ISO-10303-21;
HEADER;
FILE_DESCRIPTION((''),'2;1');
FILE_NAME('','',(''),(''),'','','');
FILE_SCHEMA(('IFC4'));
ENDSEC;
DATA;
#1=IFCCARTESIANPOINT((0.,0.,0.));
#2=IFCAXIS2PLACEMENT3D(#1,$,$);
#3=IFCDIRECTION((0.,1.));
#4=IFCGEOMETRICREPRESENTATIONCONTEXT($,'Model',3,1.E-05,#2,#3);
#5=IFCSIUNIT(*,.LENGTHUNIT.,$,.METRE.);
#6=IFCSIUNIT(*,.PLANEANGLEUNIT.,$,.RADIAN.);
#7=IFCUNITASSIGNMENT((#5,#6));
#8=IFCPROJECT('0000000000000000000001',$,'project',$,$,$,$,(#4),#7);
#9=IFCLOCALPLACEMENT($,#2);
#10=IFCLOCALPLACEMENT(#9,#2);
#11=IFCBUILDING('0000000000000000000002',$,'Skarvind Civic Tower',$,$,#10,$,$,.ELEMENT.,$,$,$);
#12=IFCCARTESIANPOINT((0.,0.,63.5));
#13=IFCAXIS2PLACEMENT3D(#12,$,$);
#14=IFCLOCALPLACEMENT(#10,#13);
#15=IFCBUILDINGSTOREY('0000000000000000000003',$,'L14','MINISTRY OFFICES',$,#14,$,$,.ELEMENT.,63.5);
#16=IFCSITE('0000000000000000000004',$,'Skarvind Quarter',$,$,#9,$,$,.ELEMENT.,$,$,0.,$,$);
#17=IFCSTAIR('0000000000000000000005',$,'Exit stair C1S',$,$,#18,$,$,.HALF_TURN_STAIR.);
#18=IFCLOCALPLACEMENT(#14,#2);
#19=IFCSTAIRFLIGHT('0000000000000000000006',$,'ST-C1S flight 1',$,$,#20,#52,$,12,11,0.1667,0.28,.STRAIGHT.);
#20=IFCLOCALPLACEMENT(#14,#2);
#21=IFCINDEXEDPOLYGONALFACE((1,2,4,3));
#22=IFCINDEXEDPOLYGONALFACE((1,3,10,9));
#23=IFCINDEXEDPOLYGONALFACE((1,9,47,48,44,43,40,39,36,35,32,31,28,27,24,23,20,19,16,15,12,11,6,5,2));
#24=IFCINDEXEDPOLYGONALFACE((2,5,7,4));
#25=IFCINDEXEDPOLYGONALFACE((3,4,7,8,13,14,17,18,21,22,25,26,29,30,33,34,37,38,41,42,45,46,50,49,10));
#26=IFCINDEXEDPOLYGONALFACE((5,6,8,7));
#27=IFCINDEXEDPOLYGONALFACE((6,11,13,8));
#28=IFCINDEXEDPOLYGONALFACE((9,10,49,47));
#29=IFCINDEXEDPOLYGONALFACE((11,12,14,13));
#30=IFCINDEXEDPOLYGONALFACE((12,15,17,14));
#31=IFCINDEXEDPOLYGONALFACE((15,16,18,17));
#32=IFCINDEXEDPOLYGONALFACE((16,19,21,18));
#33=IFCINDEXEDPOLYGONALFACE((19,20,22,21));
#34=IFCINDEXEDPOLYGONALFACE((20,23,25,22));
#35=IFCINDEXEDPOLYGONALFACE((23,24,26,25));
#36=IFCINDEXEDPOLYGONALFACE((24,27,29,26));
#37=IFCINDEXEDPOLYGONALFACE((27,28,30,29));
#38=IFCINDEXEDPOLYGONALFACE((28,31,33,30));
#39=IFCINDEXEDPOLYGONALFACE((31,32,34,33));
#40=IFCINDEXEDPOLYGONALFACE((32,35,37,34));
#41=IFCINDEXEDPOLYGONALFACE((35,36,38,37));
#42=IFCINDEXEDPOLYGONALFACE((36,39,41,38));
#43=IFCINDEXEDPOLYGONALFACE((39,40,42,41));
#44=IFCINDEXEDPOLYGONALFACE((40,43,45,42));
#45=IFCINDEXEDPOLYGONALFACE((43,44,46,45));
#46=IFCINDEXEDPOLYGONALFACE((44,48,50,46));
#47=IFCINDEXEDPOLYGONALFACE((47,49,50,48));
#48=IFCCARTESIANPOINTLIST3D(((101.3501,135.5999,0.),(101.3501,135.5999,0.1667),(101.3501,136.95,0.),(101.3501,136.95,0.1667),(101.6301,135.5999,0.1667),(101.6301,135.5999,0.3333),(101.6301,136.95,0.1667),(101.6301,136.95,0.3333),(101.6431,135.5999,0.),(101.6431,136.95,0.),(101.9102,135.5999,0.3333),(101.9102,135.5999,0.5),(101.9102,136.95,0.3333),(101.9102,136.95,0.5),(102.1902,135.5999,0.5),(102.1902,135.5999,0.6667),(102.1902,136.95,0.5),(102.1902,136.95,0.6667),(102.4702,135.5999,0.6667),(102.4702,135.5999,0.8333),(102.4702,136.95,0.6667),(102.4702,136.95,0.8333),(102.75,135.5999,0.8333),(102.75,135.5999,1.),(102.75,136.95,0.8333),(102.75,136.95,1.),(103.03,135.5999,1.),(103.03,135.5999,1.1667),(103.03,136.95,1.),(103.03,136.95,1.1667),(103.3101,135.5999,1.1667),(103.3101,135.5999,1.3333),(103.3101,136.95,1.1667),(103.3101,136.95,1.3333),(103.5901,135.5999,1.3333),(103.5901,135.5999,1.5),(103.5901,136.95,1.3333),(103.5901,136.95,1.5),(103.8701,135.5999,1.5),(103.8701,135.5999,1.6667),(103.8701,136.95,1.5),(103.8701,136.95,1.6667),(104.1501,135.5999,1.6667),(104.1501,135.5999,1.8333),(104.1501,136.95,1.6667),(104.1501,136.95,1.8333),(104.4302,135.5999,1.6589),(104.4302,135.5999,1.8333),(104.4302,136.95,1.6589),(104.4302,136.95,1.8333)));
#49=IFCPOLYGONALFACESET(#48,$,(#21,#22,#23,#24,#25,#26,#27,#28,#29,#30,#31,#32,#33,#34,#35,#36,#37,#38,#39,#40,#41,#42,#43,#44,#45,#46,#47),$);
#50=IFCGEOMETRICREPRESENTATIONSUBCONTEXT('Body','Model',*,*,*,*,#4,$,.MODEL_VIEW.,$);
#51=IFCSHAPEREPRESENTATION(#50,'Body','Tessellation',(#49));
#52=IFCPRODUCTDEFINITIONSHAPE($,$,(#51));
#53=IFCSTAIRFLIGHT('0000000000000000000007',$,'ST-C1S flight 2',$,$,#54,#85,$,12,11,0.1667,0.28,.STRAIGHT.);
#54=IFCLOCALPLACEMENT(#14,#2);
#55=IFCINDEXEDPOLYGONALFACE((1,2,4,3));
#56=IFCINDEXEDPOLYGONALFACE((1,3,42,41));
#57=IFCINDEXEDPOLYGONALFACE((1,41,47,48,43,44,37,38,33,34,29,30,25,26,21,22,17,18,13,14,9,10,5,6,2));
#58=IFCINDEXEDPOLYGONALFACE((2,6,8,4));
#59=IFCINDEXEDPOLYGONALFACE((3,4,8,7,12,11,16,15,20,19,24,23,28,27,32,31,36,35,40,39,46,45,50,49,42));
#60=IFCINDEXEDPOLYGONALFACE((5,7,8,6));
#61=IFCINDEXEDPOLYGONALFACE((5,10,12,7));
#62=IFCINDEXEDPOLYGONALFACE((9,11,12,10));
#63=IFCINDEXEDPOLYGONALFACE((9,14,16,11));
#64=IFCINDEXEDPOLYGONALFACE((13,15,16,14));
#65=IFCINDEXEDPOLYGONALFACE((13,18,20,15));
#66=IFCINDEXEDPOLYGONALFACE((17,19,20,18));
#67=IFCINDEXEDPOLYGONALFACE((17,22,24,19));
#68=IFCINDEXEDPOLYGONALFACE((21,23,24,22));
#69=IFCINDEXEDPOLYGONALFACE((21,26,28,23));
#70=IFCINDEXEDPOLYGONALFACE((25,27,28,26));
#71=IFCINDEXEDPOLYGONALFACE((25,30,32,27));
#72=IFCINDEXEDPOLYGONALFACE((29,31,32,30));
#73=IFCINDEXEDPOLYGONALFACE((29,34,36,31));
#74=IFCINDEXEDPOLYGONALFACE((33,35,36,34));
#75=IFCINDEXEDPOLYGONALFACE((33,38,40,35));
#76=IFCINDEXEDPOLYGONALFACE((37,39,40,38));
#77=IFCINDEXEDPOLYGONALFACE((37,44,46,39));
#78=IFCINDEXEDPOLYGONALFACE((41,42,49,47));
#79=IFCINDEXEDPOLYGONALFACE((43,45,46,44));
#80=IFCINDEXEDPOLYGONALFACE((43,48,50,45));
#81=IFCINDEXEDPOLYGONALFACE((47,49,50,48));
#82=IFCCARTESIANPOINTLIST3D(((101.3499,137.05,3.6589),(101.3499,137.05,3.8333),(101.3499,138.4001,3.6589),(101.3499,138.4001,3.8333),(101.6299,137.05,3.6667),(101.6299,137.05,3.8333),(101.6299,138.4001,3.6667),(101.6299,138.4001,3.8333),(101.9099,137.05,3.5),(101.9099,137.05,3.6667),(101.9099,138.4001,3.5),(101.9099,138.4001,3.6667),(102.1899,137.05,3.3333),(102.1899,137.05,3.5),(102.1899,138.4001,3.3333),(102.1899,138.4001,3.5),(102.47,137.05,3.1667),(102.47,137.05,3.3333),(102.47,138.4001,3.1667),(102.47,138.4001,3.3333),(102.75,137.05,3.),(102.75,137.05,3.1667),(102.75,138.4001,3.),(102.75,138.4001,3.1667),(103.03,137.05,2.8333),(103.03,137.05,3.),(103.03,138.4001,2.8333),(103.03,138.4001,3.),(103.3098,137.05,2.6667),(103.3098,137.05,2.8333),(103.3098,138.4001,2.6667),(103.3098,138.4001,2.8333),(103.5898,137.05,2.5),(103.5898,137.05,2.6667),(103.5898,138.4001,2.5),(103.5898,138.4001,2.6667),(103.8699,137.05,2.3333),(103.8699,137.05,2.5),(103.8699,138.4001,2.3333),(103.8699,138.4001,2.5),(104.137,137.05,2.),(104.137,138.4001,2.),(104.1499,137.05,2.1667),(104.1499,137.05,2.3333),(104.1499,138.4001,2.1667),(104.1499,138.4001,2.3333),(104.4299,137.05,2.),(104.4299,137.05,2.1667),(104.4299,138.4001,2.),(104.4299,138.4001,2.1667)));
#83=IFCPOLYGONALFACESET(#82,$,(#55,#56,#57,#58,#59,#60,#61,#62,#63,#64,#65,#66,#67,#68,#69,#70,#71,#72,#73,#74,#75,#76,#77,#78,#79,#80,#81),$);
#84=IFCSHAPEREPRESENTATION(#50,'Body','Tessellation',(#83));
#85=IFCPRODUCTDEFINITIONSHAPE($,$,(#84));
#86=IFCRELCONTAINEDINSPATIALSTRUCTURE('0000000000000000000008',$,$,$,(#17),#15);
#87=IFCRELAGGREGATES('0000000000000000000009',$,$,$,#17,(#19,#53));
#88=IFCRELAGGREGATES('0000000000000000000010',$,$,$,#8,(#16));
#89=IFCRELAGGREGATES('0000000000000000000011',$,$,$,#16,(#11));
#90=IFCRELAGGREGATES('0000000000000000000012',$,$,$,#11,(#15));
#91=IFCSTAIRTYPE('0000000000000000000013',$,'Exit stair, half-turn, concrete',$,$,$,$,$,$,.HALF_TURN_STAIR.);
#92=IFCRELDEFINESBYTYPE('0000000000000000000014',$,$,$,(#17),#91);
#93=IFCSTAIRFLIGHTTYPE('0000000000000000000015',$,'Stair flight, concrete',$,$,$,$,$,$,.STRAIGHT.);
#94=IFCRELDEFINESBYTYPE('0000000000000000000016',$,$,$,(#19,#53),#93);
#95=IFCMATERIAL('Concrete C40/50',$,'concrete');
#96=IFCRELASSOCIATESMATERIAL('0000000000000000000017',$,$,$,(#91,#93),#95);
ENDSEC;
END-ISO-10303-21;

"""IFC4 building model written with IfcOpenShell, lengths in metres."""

from ifc_helpers import new_model, si_unit, direction, frame, origin, place, context, subcontext, project, spatial, polyline, outline, extrude, material, type_object, element, aggregate, save


model = new_model("IFC4")

# Units and contexts
model_context = context("Model", 3, precision=1e-05, world=origin(), true_north=direction((0.0, 1.0)))
body_context = subcontext(model_context, "Body", "Model", "MODEL_VIEW")
ifc_project = project(units=[si_unit("LENGTHUNIT", "METRE"), si_unit("PLANEANGLEUNIT", "RADIAN")], contexts=[model_context])

# Site, building, storey
site_placement = place(None, origin())
site = spatial("IfcSite", under=ifc_project, at=site_placement, Name="Skarvind Quarter", CompositionType="ELEMENT", RefElevation=0.0)
building_placement = place(site_placement, origin())
building = spatial("IfcBuilding", under=site, at=building_placement, Name="Skarvind Civic Tower", CompositionType="ELEMENT")
storey_placement = place(building_placement, frame((0.0, 0.0, 63.5)))
storey = spatial("IfcBuildingStorey", under=building, at=storey_placement, Name="L14", Description="MINISTRY OFFICES", CompositionType="ELEMENT", Elevation=63.5)

# Stair, stair flights
ifc_material_1 = material(Name="Concrete C40/50", Category="concrete")
stair_type = type_object("IfcStairType", Name="Exit stair, half-turn, concrete", PredefinedType="HALF_TURN_STAIR", material=ifc_material_1)
stair_placement = place(storey_placement, origin())
stair = element("IfcStair", 1, at=stair_placement, inside=storey, type_object=stair_type, Name="Exit stair C1S", PredefinedType="HALF_TURN_STAIR")
stair_flight_type = type_object("IfcStairFlightType", Name="Stair flight, concrete", PredefinedType="STRAIGHT", material=ifc_material_1)
stair_flight_1_placement = place(storey_placement, frame((101.3501, 136.2749, 0.0), z_axis=(0.0, 0.0, 1.0), x_axis=(1.0, 0.0, 0.0)))
stair_flight_1 = element("IfcStairFlight", 2, at=stair_flight_1_placement, type_object=stair_flight_type, Name="ST-C1S flight 1", NumberOfRisers=12, NumberOfTreads=11, PredefinedType="STRAIGHT", RiserHeight=0.1667, TreadLength=0.28, context=body_context, shape_type="SweptSolid", body=[
    extrude(outline(polyline([(0.0, 0.0), (0.0, 0.1667), (0.28, 0.1667), (0.28, 0.3333), (0.5601, 0.3333), (0.5601, 0.5), (0.8401, 0.5), (0.8401, 0.6667), (1.1201, 0.6667), (1.1201, 0.8333), (1.3999, 0.8333), (1.3999, 1.0), (1.6799, 1.0), (1.6799, 1.1667), (1.96, 1.1667), (1.96, 1.3333), (2.24, 1.3333), (2.24, 1.5), (2.52, 1.5), (2.52, 1.6667), (2.8, 1.6667), (2.8, 1.8333), (3.0801, 1.8333), (3.0801, 2.0), (3.0801, 1.6589), (0.293, 0.0), (0.0, 0.0)])), frame((0.0, 0.675, 0.0), z_axis=(0.0, -1.0, 0.0), x_axis=(1.0, 0.0, 0.0)), (0.0, 0.0, 1.0), 1.3501),
])
stair_flight_2_placement = place(storey_placement, frame((104.4299, 137.7251, 2.0), z_axis=(0.0, 0.0, 1.0), x_axis=(-1.0, 0.0, 0.0)))
stair_flight_2 = element("IfcStairFlight", 3, at=stair_flight_2_placement, type_object=stair_flight_type, Name="ST-C1S flight 2", NumberOfRisers=12, NumberOfTreads=11, PredefinedType="STRAIGHT", RiserHeight=0.1667, TreadLength=0.28, context=body_context, shape_type="SweptSolid", body=[
    extrude(outline(polyline([(0.0, 0.0), (0.0, 0.1667), (0.28, 0.1667), (0.28, 0.3333), (0.5601, 0.3333), (0.5601, 0.5), (0.8401, 0.5), (0.8401, 0.6667), (1.1201, 0.6667), (1.1201, 0.8333), (1.3999, 0.8333), (1.3999, 1.0), (1.6799, 1.0), (1.6799, 1.1667), (1.96, 1.1667), (1.96, 1.3333), (2.24, 1.3333), (2.24, 1.5), (2.52, 1.5), (2.52, 1.6667), (2.8, 1.6667), (2.8, 1.8333), (3.0801, 1.8333), (3.0801, 2.0), (3.0801, 1.6589), (0.293, 0.0), (0.0, 0.0)])), frame((0.0, 0.675, 0.0), z_axis=(0.0, -1.0, 0.0), x_axis=(1.0, 0.0, 0.0)), (0.0, 0.0, 1.0), 1.3501),
])
aggregate(stair, [stair_flight_1, stair_flight_2])

save(model, "model.ifc")
